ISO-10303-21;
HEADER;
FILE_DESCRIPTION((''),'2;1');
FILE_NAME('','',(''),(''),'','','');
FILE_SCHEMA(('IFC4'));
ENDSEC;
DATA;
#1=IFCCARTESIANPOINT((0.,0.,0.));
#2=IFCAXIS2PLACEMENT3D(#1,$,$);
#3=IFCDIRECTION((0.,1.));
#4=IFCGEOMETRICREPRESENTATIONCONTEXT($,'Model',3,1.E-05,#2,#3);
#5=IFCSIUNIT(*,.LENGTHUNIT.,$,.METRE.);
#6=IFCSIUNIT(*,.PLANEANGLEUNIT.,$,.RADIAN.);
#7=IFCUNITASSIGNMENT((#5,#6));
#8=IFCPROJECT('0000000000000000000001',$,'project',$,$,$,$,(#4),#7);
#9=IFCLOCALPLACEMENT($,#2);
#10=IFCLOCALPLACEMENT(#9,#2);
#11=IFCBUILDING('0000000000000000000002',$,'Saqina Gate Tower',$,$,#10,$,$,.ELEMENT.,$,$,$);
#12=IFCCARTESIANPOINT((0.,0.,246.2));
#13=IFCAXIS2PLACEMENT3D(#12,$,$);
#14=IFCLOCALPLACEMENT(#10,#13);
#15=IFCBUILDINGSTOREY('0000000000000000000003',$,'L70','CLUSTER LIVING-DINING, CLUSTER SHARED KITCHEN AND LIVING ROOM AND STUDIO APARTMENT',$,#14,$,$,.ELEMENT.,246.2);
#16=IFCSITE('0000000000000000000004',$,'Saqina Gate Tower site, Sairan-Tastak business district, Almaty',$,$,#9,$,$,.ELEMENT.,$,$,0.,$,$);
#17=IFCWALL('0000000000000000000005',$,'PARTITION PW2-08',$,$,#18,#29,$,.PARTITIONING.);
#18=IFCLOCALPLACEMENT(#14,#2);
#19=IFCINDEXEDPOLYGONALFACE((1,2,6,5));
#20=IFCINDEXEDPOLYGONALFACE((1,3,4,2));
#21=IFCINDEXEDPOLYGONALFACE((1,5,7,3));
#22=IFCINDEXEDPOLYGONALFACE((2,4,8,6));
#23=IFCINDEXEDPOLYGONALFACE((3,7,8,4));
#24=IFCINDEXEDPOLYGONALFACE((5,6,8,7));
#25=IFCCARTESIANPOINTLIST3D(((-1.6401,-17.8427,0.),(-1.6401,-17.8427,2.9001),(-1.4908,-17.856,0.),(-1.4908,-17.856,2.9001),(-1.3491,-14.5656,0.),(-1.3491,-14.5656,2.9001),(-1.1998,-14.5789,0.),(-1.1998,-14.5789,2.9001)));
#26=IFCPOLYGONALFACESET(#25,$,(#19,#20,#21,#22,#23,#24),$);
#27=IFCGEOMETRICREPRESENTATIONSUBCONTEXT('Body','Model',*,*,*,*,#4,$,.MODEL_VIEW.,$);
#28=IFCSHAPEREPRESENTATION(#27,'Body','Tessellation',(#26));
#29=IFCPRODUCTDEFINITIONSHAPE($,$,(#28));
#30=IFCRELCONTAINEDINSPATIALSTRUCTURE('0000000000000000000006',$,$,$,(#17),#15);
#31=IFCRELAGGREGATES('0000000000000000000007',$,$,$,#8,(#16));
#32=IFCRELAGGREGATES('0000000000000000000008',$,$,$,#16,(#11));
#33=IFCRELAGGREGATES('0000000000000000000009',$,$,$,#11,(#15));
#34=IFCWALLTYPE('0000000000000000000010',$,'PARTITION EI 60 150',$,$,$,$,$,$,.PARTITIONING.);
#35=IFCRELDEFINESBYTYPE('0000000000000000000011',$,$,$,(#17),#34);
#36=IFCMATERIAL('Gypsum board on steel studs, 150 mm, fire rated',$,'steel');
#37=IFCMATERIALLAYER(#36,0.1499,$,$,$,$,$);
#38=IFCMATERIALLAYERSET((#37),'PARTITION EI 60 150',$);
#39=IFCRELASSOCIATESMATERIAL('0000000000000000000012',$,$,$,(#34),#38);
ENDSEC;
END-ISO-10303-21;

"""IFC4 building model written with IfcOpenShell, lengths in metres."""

from ifc_helpers import new_model, si_unit, direction, frame, frame_2d, origin, place, context, subcontext, project, spatial, rectangle, extrude, material, layer, layer_set, type_object, element, save


model = new_model("IFC4")

# Units and contexts
model_context = context("Model", 3, precision=1e-05, world=origin(), true_north=direction((0.0, 1.0)))
body_context = subcontext(model_context, "Body", "Model", "MODEL_VIEW")
ifc_project = project(units=[si_unit("LENGTHUNIT", "METRE"), si_unit("PLANEANGLEUNIT", "RADIAN")], contexts=[model_context])

# Site, building, storey
site_placement = place(None, origin())
site = spatial("IfcSite", under=ifc_project, at=site_placement, Name="Saqina Gate Tower site, Sairan-Tastak business district, Almaty", CompositionType="ELEMENT", RefElevation=0.0)
building_placement = place(site_placement, origin())
building = spatial("IfcBuilding", under=site, at=building_placement, Name="Saqina Gate Tower", CompositionType="ELEMENT")
storey_placement = place(building_placement, frame((0.0, 0.0, 246.2)))
storey = spatial("IfcBuildingStorey", under=building, at=storey_placement, Name="L70", Description="CLUSTER LIVING-DINING, CLUSTER SHARED KITCHEN AND LIVING ROOM AND STUDIO APARTMENT", CompositionType="ELEMENT", Elevation=246.2)

# Wall
ifc_material_1 = material(Name="Gypsum board on steel studs, 150 mm, fire rated", Category="steel")
ifc_layer_1 = layer(ifc_material_1, 0.1499)
ifc_layer_set_1 = layer_set([ifc_layer_1], Name="PARTITION EI 60 150")
wall_type_1 = type_object("IfcWallType", Name="PARTITION EI 60 150", PredefinedType="PARTITIONING", material=ifc_layer_set_1)
wall_1_placement = place(storey_placement, frame((-1.5654, -17.8494, 0.0), z_axis=(0.0, 0.0, 1.0), x_axis=(0.088455, 0.99608, 0.0)))
element("IfcWall", 1, at=wall_1_placement, inside=storey, type_object=wall_type_1, Name="PARTITION PW2-08", PredefinedType="PARTITIONING", context=body_context, shape_type="SweptSolid", body=[
    extrude(rectangle(XDim=3.29, YDim=0.1499, at=frame_2d((1.645, 0.0))), origin(), (0.0, 0.0, 1.0), 2.9001),
])

save(model, "model.ifc")
